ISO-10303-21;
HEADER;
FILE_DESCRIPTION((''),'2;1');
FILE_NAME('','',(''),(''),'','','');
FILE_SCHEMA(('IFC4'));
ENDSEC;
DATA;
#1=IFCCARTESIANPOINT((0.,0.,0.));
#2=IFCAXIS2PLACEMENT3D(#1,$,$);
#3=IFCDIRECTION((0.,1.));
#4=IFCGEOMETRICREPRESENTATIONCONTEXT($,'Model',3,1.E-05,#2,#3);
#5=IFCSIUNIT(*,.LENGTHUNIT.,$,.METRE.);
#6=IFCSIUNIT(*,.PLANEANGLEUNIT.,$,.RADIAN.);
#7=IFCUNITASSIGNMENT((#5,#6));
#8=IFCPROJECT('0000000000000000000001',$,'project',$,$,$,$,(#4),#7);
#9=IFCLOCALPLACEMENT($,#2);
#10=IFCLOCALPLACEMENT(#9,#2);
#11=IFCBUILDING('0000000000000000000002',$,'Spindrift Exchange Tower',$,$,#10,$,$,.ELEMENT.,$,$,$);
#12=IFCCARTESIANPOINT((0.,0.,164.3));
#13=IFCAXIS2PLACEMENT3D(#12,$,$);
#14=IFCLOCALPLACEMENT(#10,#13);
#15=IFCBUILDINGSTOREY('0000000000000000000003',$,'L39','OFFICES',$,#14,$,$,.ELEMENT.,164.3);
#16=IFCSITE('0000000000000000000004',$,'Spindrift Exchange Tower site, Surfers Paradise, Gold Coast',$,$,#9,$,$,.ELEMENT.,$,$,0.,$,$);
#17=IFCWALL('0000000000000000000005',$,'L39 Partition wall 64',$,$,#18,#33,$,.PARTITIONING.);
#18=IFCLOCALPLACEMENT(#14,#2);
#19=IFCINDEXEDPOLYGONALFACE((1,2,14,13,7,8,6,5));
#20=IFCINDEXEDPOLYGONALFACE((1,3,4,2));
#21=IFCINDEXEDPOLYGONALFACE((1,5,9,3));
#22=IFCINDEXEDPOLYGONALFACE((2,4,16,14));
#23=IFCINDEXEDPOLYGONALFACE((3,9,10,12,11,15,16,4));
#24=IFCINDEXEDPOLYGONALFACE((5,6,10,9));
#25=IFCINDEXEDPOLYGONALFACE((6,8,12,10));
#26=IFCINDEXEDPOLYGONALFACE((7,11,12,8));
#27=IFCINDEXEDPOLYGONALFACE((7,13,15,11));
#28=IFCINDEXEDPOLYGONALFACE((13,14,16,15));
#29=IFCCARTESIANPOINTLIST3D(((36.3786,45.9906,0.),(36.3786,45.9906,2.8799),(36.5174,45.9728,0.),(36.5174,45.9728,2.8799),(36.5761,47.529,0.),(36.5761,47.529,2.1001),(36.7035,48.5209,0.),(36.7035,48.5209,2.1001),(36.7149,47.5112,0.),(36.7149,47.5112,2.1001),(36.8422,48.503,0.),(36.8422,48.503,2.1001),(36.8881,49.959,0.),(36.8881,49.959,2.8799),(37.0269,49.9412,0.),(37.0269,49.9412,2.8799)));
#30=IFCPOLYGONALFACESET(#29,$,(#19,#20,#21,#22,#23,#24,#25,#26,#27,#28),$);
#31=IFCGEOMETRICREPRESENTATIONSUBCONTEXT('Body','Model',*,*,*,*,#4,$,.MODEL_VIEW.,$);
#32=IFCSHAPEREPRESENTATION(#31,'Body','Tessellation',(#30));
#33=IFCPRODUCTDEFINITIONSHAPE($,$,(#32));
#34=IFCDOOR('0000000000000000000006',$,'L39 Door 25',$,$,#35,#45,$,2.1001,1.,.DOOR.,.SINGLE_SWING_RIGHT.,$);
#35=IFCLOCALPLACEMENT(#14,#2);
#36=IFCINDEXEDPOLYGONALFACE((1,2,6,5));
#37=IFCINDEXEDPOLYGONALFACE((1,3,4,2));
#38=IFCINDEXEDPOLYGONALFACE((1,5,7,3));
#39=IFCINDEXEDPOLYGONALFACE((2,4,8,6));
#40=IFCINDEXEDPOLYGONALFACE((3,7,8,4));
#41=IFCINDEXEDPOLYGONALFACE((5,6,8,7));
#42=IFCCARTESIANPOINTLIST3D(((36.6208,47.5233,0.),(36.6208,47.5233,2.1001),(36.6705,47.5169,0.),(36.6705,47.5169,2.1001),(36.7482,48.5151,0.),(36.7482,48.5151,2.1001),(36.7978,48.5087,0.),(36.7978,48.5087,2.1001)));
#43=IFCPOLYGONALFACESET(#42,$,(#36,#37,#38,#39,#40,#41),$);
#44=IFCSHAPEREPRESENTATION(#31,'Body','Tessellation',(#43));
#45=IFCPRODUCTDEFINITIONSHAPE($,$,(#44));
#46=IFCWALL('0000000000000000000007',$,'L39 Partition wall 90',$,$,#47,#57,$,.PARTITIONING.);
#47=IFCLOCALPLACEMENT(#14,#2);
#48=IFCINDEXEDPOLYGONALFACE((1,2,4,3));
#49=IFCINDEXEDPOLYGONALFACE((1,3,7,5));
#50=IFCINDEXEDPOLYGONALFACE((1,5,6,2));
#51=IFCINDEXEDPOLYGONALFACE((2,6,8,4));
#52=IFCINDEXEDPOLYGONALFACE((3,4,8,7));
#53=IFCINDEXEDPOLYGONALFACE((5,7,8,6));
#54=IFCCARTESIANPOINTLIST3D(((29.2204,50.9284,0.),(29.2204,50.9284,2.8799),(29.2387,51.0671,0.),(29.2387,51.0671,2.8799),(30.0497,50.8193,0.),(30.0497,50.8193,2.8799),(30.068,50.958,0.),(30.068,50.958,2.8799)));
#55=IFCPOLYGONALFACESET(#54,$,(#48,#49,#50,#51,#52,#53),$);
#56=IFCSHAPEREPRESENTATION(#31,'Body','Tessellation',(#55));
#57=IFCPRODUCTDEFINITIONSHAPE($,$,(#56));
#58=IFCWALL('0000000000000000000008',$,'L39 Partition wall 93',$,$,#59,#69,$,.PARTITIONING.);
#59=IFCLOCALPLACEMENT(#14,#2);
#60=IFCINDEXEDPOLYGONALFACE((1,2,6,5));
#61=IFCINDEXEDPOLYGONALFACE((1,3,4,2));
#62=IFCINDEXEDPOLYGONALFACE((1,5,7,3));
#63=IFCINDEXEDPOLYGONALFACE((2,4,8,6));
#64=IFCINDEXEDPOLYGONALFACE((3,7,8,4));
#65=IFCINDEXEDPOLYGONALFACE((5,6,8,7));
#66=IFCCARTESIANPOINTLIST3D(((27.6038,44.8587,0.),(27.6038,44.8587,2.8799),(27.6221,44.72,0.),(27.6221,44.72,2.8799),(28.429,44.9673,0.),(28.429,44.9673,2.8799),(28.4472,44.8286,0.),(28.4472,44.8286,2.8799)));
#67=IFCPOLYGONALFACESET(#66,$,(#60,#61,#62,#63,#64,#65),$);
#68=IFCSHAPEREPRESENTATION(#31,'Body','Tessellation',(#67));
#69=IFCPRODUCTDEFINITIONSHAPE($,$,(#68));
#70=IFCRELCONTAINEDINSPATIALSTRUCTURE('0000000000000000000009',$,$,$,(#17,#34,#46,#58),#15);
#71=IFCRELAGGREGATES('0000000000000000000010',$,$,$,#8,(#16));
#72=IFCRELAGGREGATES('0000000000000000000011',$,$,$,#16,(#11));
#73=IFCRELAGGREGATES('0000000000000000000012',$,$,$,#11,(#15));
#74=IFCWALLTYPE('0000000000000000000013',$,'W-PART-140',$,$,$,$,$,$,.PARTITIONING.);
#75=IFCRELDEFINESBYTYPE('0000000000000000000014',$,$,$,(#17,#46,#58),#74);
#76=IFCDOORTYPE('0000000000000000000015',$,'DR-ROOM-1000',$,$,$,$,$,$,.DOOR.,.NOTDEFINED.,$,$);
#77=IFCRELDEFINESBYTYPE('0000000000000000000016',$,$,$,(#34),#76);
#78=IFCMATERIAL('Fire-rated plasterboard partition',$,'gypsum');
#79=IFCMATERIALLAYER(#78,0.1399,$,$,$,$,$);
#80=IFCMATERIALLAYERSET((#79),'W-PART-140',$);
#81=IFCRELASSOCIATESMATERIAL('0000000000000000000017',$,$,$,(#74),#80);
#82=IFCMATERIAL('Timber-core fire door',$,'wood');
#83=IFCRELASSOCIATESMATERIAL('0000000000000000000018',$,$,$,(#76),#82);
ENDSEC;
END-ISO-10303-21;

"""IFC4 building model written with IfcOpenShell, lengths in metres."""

from ifc_helpers import new_model, si_unit, direction, frame, frame_2d, origin, place, context, subcontext, project, spatial, rectangle, extrude, source, transform, mapped, material, layer, layer_set, type_object, element, fill, save


model = new_model("IFC4")

# Units and contexts
model_context = context("Model", 3, precision=1e-05, world=origin(), true_north=direction((0.0, 1.0)))
body_context = subcontext(model_context, "Body", "Model", "MODEL_VIEW")
ifc_project = project(units=[si_unit("LENGTHUNIT", "METRE"), si_unit("PLANEANGLEUNIT", "RADIAN")], contexts=[model_context])

# Site, building, storey
site_placement = place(None, origin())
site = spatial("IfcSite", under=ifc_project, at=site_placement, Name="Spindrift Exchange Tower site, Surfers Paradise, Gold Coast", CompositionType="ELEMENT", RefElevation=0.0)
building_placement = place(site_placement, origin())
building = spatial("IfcBuilding", under=site, at=building_placement, Name="Spindrift Exchange Tower", CompositionType="ELEMENT")
storey_placement = place(building_placement, frame((0.0, 0.0, 164.3)))
storey = spatial("IfcBuildingStorey", under=building, at=storey_placement, Name="L39", Description="OFFICES", CompositionType="ELEMENT", Elevation=164.3)

# Shared definitions
ifc_material_1 = material(Name="Fire-rated plasterboard partition", Category="gypsum")
ifc_layer_1 = layer(ifc_material_1, 0.1399)
ifc_layer_set_1 = layer_set([ifc_layer_1], Name="W-PART-140")
wall_type = type_object("IfcWallType", Name="W-PART-140", PredefinedType="PARTITIONING", material=ifc_layer_set_1)

# Wall, opening, door
wall_1_placement = place(storey_placement, frame((36.448, 45.9817, 0.0), z_axis=(0.0, 0.0, 1.0), x_axis=(0.127346, 0.991858, 0.0)))
wall_1 = element("IfcWall", 1, at=wall_1_placement, inside=storey, type_object=wall_type, Name="L39 Partition wall 64", PredefinedType="PARTITIONING", context=body_context, shape_type="SweptSolid", body=[
    extrude(rectangle(XDim=4.001, YDim=0.1399, at=frame_2d((2.0005, 0.0))), origin(), (0.0, 0.0, 1.0), 2.8799),
])
opening_placement = place(wall_1_placement, frame((1.551, 0.0, 0.0)))
opening = element("IfcOpeningElement", 2, at=opening_placement, cuts=wall_1, PredefinedType="OPENING", context=body_context, shape_type="SweptSolid", body=[
    extrude(rectangle(XDim=1.0, YDim=2.1001, at=frame_2d((0.5, 1.05))), frame((0.0, 0.0798, 0.0), z_axis=(0.0, -1.0, 0.0), x_axis=(1.0, 0.0, 0.0)), (0.0, 0.0, 1.0), 0.1599),
])
ifc_material_2 = material(Name="Timber-core fire door", Category="wood")
door_type = type_object("IfcDoorType", Name="DR-ROOM-1000", OperationType="NOTDEFINED", PredefinedType="DOOR", material=ifc_material_2)
shared_shape_1 = source(origin(), body_context, "Body", "SweptSolid", [
    extrude(rectangle(XDim=1.0, YDim=2.1001, at=frame_2d((0.5, 1.05))), frame((0.0, 0.0249, 0.0), z_axis=(0.0, -1.0, 0.0), x_axis=(1.0, 0.0, 0.0)), (0.0, 0.0, 1.0), 0.05),
])
door_placement = place(opening_placement, origin())
door = element("IfcDoor", 3, at=door_placement, inside=storey, type_object=door_type, Name="L39 Door 25", OperationType="SINGLE_SWING_RIGHT", OverallHeight=2.1001, OverallWidth=1.0, PredefinedType="DOOR", context=body_context, shape_type="MappedRepresentation", body=[
    mapped(shared_shape_1, transform((0.0, 0.0, 0.0), scale=1.0)),
])
fill(opening, door)

# Walls
wall_2_placement = place(storey_placement, frame((30.0588, 50.8887, 0.0), z_axis=(0.0, 0.0, 1.0), x_axis=(-0.991453, 0.130462, 0.0)))
element("IfcWall", 4, at=wall_2_placement, inside=storey, type_object=wall_type, Name="L39 Partition wall 90", PredefinedType="PARTITIONING", context=body_context, shape_type="SweptSolid", body=[
    extrude(rectangle(XDim=0.8364, YDim=0.1399, at=frame_2d((0.4182, 0.0))), origin(), (0.0, 0.0, 1.0), 2.8799),
])
wall_3_placement = place(storey_placement, frame((28.438, 44.8979, 0.0), z_axis=(0.0, 0.0, 1.0), x_axis=(-0.991444, -0.13053, 0.0)))
element("IfcWall", 5, at=wall_3_placement, inside=storey, type_object=wall_type, Name="L39 Partition wall 93", PredefinedType="PARTITIONING", context=body_context, shape_type="SweptSolid", body=[
    extrude(rectangle(XDim=0.8323, YDim=0.1399, at=frame_2d((0.416, 0.0))), origin(), (0.0, 0.0, 1.0), 2.8799),
])

save(model, "model.ifc")
